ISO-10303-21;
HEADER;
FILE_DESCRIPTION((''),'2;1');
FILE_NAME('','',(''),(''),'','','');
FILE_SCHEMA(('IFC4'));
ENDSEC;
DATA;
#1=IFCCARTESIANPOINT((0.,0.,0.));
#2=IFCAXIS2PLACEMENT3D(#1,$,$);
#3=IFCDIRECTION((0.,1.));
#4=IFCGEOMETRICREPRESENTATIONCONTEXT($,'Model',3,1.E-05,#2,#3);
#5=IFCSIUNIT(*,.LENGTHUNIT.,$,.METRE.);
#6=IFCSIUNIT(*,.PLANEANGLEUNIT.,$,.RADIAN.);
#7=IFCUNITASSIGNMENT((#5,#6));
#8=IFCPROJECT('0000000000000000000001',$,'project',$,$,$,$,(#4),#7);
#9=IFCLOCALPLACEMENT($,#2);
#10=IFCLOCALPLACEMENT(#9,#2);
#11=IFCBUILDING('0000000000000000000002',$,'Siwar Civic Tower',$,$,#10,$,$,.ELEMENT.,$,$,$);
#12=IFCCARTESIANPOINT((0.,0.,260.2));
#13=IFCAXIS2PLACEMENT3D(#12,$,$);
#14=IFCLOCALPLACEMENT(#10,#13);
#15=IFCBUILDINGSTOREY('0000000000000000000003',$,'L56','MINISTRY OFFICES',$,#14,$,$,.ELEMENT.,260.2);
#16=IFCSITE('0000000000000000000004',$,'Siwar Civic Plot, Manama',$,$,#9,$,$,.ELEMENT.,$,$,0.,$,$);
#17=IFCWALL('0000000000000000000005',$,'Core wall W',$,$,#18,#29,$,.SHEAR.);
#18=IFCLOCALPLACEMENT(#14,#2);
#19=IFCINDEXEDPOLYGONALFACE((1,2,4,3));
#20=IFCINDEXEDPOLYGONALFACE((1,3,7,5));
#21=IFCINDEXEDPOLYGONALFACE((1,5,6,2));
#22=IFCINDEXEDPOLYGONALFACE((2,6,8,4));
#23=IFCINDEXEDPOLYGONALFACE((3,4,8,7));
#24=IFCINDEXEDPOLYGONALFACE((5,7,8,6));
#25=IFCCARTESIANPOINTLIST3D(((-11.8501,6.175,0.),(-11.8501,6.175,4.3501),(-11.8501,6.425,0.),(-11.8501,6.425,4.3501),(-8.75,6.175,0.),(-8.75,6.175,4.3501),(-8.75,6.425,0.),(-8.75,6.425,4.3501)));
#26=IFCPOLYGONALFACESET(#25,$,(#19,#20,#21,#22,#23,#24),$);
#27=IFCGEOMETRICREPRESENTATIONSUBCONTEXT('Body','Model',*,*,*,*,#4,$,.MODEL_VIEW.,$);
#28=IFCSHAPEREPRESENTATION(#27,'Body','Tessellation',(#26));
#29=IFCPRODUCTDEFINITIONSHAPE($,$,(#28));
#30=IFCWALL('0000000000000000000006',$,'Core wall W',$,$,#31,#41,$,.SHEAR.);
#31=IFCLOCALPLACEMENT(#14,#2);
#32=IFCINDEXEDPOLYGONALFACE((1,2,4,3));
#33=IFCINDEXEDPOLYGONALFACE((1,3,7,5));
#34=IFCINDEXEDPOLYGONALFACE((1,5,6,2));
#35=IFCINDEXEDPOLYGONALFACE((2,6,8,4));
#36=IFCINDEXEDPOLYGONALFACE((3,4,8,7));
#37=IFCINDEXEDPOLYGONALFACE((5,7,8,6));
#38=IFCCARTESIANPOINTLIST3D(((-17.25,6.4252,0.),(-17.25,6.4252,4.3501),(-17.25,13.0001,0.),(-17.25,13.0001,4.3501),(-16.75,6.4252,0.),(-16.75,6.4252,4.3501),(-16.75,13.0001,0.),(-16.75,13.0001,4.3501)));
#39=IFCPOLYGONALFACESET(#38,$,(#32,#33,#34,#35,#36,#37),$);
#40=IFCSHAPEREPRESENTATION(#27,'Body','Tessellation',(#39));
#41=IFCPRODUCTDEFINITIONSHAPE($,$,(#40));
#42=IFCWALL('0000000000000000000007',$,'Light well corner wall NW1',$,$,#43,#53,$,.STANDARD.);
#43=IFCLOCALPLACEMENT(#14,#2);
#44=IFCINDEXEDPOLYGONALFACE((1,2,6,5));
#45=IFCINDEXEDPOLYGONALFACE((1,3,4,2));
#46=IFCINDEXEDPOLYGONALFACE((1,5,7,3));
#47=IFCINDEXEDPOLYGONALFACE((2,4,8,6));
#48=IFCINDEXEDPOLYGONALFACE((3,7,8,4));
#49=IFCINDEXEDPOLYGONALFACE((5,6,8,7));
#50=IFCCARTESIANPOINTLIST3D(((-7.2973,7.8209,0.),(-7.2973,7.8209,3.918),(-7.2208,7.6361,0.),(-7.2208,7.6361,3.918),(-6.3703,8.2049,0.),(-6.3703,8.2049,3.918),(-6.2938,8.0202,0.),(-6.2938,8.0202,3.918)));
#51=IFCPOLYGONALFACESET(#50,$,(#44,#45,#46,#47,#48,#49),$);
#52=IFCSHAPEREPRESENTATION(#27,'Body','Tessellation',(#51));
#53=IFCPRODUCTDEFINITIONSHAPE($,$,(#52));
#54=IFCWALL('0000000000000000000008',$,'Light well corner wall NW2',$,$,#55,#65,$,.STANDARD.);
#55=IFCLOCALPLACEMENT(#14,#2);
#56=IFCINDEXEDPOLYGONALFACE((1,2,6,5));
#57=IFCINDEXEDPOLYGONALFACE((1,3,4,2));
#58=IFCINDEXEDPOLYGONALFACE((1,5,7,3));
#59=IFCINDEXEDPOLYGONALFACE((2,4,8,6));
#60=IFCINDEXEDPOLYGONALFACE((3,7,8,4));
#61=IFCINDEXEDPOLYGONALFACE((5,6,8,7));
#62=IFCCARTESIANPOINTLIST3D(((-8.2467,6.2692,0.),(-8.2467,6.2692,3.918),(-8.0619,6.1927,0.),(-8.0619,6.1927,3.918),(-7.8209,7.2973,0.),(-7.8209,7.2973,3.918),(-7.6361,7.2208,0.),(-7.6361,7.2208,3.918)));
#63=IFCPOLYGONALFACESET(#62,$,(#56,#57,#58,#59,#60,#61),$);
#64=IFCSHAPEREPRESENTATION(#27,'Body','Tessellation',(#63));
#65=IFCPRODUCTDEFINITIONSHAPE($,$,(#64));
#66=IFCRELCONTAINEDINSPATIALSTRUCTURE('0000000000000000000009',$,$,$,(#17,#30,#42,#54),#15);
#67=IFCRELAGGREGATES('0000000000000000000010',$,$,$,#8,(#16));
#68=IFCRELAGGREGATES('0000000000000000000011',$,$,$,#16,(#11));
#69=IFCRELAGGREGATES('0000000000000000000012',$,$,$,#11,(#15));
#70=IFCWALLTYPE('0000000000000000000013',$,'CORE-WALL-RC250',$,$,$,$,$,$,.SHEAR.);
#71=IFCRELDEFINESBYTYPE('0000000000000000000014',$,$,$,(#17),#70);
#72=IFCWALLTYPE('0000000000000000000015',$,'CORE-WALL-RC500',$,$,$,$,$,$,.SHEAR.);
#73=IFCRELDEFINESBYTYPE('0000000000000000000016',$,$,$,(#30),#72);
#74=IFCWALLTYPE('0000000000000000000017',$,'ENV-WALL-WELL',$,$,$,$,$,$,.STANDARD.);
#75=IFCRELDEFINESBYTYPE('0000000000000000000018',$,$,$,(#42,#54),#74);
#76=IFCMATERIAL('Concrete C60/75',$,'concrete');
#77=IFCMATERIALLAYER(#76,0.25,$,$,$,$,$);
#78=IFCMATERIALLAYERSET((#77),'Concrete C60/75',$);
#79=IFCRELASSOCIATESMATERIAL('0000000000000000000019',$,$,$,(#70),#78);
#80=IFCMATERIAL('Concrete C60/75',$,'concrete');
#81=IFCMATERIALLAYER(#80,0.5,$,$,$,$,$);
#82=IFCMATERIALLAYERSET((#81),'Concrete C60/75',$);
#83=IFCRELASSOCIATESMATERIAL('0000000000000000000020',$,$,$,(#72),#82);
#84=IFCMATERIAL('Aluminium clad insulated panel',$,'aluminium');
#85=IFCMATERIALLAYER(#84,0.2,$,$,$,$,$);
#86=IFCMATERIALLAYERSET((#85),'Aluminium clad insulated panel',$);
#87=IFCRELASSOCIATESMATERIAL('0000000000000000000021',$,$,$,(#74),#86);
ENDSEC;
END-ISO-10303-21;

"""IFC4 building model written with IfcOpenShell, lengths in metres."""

from ifc_helpers import new_model, si_unit, direction, frame, frame_2d, origin, place, context, subcontext, project, spatial, rectangle, extrude, material, layer, layer_set, type_object, element, save


model = new_model("IFC4")

# Units and contexts
model_context = context("Model", 3, precision=1e-05, world=origin(), true_north=direction((0.0, 1.0)))
body_context = subcontext(model_context, "Body", "Model", "MODEL_VIEW")
ifc_project = project(units=[si_unit("LENGTHUNIT", "METRE"), si_unit("PLANEANGLEUNIT", "RADIAN")], contexts=[model_context])

# Site, building, storey
site_placement = place(None, origin())
site = spatial("IfcSite", under=ifc_project, at=site_placement, Name="Siwar Civic Plot, Manama", CompositionType="ELEMENT", RefElevation=0.0)
building_placement = place(site_placement, origin())
building = spatial("IfcBuilding", under=site, at=building_placement, Name="Siwar Civic Tower", CompositionType="ELEMENT")
storey_placement = place(building_placement, frame((0.0, 0.0, 260.2)))
storey = spatial("IfcBuildingStorey", under=building, at=storey_placement, Name="L56", Description="MINISTRY OFFICES", CompositionType="ELEMENT", Elevation=260.2)

# Shared definitions
ifc_material_1 = material(Name="Concrete C60/75", Category="concrete")
ifc_layer_1 = layer(ifc_material_1, 0.25)
ifc_layer_set_1 = layer_set([ifc_layer_1], Name="Concrete C60/75")
wall_type_1 = type_object("IfcWallType", Name="CORE-WALL-RC250", PredefinedType="SHEAR", material=ifc_layer_set_1)

# Walls
for number, where, z_axis, x_axis, name in (
    (1, (-8.75, 6.3, 0.0), (0.0, 0.0, 1.0), (-1.0, 0.0, 0.0), "Core wall W"),
):
    element("IfcWall", number, at=place(storey_placement, frame(where, z_axis=z_axis, x_axis=x_axis)), inside=storey, type_object=wall_type_1, Name=name, PredefinedType="SHEAR", context=body_context, shape_type="SweptSolid", body=[
        extrude(rectangle(XDim=3.1001, YDim=0.25, at=frame_2d((1.55, 0.0))), origin(), (0.0, 0.0, 1.0), 4.3501),
    ])
ifc_material_2 = material(Name="Concrete C60/75", Category="concrete")
ifc_layer_2 = layer(ifc_material_2, 0.5)
ifc_layer_set_2 = layer_set([ifc_layer_2], Name="Concrete C60/75")
wall_type_2 = type_object("IfcWallType", Name="CORE-WALL-RC500", PredefinedType="SHEAR", material=ifc_layer_set_2)
wall_1_placement = place(storey_placement, frame((-17.0, 6.425, 0.0), z_axis=(0.0, 0.0, 1.0), x_axis=(0.0, 1.0, 0.0)))
element("IfcWall", 2, at=wall_1_placement, inside=storey, type_object=wall_type_2, Name="Core wall W", PredefinedType="SHEAR", context=body_context, shape_type="SweptSolid", body=[
    extrude(rectangle(XDim=6.575, YDim=0.5, at=frame_2d((3.2876, 0.0))), origin(), (0.0, 0.0, 1.0), 4.3501),
])
ifc_material_3 = material(Name="Aluminium clad insulated panel", Category="aluminium")
ifc_layer_3 = layer(ifc_material_3, 0.2)
ifc_layer_set_3 = layer_set([ifc_layer_3], Name="Aluminium clad insulated panel")
wall_type_3 = type_object("IfcWallType", Name="ENV-WALL-WELL", PredefinedType="STANDARD", material=ifc_layer_set_3)
wall_2_placement = place(storey_placement, frame((-6.332, 8.1125, 0.0), z_axis=(0.0, 0.0, 1.0), x_axis=(-0.92386, -0.382731, 0.0)))
element("IfcWall", 3, at=wall_2_placement, inside=storey, type_object=wall_type_3, Name="Light well corner wall NW1", PredefinedType="STANDARD", context=body_context, shape_type="SweptSolid", body=[
    extrude(rectangle(XDim=1.0034, YDim=0.2, at=frame_2d((0.5017, 0.0))), origin(), (0.0, 0.0, 1.0), 3.918),
])
wall_3_placement = place(storey_placement, frame((-7.7285, 7.259, 0.0), z_axis=(0.0, 0.0, 1.0), x_axis=(-0.382636, -0.923899, 0.0)))
element("IfcWall", 4, at=wall_3_placement, inside=storey, type_object=wall_type_3, Name="Light well corner wall NW2", PredefinedType="STANDARD", context=body_context, shape_type="SweptSolid", body=[
    extrude(rectangle(XDim=1.1128, YDim=0.2, at=frame_2d((0.5564, 0.0))), origin(), (0.0, 0.0, 1.0), 3.918),
])

save(model, "model.ifc")
